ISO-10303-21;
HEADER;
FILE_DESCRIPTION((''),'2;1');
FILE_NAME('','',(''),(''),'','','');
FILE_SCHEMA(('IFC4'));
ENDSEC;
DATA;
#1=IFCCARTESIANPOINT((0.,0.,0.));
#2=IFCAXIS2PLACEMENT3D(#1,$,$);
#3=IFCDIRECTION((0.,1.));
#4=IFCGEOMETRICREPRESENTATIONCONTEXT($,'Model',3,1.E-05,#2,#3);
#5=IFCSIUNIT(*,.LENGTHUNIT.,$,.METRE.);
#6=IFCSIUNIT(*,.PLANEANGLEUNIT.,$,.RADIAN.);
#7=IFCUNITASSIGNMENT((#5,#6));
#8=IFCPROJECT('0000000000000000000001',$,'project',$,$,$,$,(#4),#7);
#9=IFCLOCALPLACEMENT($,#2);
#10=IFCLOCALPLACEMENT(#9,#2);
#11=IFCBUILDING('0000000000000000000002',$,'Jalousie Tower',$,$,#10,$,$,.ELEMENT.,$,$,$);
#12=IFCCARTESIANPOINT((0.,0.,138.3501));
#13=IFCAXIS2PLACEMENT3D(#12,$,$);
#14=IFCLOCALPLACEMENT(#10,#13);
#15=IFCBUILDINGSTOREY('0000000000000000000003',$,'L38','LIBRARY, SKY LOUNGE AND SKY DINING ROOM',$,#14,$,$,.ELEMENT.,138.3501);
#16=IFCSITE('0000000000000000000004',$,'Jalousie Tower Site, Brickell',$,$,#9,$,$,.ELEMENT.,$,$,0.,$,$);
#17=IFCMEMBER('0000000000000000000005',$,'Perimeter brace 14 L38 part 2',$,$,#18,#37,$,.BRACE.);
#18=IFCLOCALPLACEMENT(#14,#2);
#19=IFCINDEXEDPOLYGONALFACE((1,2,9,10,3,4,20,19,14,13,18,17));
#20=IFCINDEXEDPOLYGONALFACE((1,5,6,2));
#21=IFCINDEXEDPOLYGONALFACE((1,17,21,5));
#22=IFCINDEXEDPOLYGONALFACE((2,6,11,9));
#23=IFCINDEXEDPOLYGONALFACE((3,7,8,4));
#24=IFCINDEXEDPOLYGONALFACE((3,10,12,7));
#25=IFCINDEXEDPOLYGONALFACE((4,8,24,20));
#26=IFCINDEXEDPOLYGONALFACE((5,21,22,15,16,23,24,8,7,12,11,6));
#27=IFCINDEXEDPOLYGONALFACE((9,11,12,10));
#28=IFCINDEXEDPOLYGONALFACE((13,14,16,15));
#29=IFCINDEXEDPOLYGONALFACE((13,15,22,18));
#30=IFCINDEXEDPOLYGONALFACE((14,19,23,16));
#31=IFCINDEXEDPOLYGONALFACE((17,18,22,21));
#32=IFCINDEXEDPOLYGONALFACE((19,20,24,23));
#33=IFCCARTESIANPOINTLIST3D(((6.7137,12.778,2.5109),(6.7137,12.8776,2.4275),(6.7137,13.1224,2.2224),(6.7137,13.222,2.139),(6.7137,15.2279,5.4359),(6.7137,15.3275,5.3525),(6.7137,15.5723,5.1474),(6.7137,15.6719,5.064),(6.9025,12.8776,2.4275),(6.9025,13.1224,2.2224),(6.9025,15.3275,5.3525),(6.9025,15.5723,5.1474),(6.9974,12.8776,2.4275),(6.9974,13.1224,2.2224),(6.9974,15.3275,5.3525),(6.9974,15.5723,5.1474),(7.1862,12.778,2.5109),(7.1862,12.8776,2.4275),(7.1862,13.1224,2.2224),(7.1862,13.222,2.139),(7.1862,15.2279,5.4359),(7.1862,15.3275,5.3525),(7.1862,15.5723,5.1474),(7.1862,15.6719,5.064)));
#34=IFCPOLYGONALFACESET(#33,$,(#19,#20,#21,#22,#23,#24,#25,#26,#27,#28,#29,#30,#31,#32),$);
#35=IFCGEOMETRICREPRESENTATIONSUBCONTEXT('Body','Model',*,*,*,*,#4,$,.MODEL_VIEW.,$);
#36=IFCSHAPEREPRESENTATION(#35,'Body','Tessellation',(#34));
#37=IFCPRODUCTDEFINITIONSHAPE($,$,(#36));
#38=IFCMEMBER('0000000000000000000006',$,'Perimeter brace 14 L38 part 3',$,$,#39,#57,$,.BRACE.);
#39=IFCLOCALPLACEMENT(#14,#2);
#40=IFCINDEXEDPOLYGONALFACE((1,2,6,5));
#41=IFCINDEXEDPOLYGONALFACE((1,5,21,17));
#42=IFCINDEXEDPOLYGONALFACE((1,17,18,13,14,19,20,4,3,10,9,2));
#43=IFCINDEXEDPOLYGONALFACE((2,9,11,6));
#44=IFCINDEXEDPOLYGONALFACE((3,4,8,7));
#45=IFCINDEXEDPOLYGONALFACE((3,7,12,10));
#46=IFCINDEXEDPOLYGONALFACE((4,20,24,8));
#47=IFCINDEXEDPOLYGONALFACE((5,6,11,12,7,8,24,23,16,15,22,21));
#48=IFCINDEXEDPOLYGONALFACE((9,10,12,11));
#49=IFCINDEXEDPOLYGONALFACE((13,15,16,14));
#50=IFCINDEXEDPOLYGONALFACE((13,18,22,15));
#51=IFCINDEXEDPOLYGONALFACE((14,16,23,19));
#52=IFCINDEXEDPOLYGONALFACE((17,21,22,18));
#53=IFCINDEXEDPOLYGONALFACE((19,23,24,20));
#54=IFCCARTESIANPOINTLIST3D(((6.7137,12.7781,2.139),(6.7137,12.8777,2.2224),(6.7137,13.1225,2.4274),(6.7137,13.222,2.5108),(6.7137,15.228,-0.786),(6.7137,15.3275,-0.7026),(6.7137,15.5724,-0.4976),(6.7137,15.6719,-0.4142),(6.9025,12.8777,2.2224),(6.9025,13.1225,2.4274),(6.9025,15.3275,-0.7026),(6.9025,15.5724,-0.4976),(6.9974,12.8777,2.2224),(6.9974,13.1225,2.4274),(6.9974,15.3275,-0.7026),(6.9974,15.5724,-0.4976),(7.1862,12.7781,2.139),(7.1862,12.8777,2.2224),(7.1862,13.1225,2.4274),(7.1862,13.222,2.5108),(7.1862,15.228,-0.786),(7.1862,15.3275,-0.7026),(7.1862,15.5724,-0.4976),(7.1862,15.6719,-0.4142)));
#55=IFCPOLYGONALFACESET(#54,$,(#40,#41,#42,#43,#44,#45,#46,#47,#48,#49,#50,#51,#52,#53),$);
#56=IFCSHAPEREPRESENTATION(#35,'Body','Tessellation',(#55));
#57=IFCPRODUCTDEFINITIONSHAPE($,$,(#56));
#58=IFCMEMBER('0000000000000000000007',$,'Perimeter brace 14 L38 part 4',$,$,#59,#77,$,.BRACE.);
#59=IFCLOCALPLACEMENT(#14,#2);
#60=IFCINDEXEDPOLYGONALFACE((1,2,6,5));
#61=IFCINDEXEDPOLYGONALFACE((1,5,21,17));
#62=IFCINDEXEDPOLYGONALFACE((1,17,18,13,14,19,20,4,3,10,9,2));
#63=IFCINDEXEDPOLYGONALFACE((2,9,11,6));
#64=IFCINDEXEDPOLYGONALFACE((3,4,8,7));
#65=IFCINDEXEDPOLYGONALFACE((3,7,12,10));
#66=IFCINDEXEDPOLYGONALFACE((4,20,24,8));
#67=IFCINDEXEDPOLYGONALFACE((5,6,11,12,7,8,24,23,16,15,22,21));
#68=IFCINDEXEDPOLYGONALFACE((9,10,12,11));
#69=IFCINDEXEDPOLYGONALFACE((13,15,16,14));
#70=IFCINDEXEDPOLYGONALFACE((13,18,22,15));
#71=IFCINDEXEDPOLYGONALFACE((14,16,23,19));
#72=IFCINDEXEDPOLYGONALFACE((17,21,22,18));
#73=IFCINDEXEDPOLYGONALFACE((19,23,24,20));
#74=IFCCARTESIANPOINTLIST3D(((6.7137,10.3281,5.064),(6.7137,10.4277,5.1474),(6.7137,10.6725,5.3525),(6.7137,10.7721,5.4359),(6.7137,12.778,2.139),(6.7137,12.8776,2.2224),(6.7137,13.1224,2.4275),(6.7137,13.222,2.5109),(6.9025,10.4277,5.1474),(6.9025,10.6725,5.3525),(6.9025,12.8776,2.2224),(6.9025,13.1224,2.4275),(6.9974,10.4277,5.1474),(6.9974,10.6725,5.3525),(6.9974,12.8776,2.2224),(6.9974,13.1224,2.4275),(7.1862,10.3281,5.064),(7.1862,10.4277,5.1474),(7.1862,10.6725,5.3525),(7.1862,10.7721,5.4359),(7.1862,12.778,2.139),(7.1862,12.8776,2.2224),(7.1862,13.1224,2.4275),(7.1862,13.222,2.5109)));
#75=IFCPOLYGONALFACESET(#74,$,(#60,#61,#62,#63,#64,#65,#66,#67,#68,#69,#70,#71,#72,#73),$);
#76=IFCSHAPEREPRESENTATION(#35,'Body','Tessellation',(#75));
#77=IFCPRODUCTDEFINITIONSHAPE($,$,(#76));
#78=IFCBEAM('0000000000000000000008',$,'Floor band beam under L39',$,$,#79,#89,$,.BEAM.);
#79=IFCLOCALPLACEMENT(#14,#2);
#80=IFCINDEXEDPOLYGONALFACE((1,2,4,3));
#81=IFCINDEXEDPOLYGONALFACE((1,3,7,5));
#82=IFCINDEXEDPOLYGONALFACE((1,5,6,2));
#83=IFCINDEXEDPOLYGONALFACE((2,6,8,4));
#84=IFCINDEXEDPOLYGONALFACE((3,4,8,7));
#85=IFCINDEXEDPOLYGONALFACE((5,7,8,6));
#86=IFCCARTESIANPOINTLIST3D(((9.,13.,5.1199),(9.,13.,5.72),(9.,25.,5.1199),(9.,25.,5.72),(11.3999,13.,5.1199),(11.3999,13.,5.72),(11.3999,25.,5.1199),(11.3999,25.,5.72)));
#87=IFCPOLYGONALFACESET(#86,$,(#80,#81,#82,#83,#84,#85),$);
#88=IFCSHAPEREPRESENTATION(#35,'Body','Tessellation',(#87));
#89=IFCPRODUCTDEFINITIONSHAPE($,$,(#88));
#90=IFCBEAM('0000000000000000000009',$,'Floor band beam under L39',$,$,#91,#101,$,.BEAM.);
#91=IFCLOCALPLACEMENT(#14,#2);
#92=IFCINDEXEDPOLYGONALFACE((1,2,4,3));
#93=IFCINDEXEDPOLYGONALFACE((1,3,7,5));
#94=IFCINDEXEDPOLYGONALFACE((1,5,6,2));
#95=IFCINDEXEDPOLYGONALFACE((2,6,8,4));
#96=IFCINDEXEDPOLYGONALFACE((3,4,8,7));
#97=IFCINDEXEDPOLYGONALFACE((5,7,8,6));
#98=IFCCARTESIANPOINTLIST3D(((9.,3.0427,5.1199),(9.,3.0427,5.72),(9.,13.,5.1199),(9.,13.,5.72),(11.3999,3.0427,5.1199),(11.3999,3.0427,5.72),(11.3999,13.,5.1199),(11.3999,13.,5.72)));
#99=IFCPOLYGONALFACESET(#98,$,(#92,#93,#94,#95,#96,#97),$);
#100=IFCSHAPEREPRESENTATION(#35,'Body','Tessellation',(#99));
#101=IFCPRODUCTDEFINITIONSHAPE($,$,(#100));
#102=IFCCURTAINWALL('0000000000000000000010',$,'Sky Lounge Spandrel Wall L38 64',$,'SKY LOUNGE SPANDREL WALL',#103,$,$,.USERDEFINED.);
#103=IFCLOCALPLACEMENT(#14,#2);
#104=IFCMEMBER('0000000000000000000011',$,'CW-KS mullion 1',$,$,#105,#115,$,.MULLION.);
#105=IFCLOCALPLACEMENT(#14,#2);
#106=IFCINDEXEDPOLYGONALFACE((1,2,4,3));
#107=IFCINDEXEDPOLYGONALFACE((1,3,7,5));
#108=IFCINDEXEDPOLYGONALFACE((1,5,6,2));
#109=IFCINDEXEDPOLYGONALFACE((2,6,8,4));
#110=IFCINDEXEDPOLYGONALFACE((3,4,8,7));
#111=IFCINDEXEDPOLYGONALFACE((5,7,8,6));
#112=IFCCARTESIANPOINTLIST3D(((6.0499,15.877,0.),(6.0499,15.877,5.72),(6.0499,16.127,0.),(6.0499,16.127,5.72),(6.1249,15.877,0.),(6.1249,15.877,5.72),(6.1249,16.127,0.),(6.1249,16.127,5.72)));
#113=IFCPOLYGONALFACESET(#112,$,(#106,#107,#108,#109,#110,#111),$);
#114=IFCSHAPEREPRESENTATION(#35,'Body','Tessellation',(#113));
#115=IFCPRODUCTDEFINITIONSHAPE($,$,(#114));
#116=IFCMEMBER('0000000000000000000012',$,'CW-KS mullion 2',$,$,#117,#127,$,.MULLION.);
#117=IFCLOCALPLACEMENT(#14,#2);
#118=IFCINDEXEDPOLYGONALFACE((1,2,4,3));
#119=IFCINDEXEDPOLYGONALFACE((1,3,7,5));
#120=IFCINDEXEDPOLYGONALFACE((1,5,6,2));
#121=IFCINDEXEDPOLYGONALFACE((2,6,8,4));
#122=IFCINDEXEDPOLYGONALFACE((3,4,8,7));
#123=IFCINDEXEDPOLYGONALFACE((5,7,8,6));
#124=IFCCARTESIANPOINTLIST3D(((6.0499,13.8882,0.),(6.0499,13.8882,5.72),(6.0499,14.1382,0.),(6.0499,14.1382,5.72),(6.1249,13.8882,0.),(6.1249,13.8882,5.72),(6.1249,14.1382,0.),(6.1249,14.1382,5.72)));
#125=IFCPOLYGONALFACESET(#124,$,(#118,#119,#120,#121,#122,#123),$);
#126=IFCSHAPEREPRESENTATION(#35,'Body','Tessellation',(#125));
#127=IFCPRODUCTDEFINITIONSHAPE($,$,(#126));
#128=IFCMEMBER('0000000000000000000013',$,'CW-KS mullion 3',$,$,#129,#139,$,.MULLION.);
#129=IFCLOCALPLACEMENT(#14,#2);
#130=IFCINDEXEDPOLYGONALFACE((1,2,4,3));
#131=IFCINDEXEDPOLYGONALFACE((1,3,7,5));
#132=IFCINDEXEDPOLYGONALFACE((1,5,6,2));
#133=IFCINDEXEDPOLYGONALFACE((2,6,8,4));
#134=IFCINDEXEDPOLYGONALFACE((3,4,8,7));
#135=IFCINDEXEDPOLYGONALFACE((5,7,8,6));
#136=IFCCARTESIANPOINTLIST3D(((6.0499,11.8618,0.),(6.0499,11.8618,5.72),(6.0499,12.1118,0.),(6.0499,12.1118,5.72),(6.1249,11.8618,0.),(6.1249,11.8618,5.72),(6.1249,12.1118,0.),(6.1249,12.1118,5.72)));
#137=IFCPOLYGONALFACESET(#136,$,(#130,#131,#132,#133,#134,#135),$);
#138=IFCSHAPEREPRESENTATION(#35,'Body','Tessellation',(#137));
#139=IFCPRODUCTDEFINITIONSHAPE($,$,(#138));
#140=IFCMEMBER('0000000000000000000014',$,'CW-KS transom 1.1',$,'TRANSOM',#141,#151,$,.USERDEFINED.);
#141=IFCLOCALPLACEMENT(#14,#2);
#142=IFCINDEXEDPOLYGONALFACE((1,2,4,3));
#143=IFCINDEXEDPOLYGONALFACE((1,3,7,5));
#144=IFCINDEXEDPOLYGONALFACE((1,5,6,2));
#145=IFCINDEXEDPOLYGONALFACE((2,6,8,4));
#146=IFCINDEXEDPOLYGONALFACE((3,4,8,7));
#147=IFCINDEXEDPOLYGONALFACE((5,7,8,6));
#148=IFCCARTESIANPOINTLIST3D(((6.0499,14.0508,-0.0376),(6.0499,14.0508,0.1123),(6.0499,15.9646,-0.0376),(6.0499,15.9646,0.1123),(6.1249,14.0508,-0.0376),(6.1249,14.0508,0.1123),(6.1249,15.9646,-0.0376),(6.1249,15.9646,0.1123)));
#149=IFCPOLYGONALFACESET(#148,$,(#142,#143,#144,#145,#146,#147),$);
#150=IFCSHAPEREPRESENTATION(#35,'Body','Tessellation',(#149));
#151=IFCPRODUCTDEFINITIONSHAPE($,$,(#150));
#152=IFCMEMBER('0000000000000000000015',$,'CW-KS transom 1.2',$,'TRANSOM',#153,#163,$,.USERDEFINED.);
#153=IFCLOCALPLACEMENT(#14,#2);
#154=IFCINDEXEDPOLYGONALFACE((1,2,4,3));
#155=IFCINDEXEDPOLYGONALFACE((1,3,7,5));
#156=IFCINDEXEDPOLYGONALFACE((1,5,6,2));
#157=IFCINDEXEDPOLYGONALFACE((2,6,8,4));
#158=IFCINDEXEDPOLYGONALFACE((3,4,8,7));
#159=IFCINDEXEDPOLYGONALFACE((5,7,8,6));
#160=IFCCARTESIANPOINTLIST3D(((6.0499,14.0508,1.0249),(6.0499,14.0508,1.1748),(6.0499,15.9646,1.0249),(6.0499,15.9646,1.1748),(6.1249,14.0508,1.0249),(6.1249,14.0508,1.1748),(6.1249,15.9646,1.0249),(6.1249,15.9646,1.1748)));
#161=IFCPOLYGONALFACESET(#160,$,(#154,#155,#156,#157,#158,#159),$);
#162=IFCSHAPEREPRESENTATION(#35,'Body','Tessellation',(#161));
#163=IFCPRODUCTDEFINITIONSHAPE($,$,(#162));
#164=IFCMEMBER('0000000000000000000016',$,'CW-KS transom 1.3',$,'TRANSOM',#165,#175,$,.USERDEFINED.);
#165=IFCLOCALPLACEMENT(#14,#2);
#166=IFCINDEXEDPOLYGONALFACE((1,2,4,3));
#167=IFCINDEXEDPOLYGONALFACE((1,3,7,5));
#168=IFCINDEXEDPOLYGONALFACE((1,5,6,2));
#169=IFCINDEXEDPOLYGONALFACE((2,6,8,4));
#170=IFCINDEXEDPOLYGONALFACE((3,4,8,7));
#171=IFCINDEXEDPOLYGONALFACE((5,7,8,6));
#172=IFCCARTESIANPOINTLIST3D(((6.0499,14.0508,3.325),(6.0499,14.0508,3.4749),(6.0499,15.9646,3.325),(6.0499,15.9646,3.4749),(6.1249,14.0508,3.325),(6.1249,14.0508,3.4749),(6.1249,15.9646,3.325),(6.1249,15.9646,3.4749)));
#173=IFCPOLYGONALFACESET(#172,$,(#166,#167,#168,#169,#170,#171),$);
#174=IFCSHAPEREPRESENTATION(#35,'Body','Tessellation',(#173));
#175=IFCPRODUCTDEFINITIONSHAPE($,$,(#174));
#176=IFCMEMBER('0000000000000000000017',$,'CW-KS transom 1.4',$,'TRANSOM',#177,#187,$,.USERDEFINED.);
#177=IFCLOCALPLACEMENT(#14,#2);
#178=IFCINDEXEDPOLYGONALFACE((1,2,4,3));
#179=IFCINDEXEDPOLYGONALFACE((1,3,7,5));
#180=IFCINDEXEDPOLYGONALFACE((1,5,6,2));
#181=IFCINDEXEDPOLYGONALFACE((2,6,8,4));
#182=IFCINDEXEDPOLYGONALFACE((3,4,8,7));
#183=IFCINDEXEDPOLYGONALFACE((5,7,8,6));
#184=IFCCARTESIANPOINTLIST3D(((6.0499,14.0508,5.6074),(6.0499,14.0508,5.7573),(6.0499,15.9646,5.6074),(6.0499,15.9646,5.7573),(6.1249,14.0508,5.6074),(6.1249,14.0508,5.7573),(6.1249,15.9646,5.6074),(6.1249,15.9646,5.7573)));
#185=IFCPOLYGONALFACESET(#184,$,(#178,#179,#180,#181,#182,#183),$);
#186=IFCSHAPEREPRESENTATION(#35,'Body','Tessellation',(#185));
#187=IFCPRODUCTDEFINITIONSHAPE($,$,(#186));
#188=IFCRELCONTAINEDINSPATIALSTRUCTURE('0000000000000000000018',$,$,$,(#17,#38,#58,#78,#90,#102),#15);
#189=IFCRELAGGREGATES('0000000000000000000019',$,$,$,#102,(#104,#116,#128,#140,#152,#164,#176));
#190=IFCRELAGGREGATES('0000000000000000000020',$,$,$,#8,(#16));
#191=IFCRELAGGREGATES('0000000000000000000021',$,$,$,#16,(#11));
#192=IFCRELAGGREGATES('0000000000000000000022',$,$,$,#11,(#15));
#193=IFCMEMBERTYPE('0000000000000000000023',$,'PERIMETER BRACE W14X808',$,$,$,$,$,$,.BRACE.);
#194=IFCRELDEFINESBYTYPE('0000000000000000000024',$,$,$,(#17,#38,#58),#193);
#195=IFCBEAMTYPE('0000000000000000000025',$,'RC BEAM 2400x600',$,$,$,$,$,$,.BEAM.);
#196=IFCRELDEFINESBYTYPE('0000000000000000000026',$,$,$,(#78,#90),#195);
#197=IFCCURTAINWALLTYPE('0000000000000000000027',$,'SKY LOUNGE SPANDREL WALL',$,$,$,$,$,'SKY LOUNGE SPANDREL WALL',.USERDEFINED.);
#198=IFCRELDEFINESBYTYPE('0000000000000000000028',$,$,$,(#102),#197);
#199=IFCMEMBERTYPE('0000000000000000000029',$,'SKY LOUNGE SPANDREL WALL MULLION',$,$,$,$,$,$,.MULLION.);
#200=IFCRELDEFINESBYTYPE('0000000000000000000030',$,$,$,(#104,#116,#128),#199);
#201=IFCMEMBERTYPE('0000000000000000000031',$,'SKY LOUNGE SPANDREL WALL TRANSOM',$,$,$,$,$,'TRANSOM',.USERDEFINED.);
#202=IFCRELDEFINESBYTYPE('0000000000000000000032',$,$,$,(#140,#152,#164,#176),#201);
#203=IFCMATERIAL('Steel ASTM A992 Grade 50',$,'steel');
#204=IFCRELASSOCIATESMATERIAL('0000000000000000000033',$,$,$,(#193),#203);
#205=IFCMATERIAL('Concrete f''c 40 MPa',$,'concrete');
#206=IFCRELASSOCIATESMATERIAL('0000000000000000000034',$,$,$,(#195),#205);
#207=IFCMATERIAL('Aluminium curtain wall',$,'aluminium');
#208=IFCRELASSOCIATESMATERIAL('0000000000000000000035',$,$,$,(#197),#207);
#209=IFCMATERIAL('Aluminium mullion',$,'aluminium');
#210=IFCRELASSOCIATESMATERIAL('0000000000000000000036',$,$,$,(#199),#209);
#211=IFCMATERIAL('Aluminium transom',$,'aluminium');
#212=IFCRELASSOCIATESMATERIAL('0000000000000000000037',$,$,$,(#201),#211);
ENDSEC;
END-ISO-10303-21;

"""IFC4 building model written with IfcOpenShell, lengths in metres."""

from ifc_helpers import new_model, si_unit, direction, frame, origin, origin_2d, place, context, subcontext, project, spatial, rectangle, i_section, extrude, material, material_profile, profile_set, type_object, element, aggregate, save


model = new_model("IFC4")

# Units and contexts
model_context = context("Model", 3, precision=1e-05, world=origin(), true_north=direction((0.0, 1.0)))
body_context = subcontext(model_context, "Body", "Model", "MODEL_VIEW")
ifc_project = project(units=[si_unit("LENGTHUNIT", "METRE"), si_unit("PLANEANGLEUNIT", "RADIAN")], contexts=[model_context])

# Site, building, storey
site_placement = place(None, origin())
site = spatial("IfcSite", under=ifc_project, at=site_placement, Name="Jalousie Tower Site, Brickell", CompositionType="ELEMENT", RefElevation=0.0)
building_placement = place(site_placement, origin())
building = spatial("IfcBuilding", under=site, at=building_placement, Name="Jalousie Tower", CompositionType="ELEMENT")
storey_placement = place(building_placement, frame((0.0, 0.0, 138.3501)))
storey = spatial("IfcBuildingStorey", under=building, at=storey_placement, Name="L38", Description="LIBRARY, SKY LOUNGE AND SKY DINING ROOM", CompositionType="ELEMENT", Elevation=138.3501)

# Members
ifc_material_1 = material(Name="Steel ASTM A992 Grade 50", Category="steel")
ifc_material_profile_1 = material_profile(ifc_material_1, i_section(OverallWidth=0.4724, OverallDepth=0.5791, WebThickness=0.095, FlangeThickness=0.1299, at=origin_2d()), Name="W14X808")
ifc_profile_set_1 = profile_set([ifc_material_profile_1], Name="Steel ASTM A992 Grade 50")
member_type_1 = type_object("IfcMemberType", Name="PERIMETER BRACE W14X808", PredefinedType="BRACE", material=ifc_profile_set_1)
for number, where, z_axis, x_axis, name in (
    (1, (6.95, 13.0, 2.325), (0.0, 0.642102, 0.766619), (-1.0, 0.0, 0.0), "Perimeter brace 14 L38 part 2"),
    (2, (6.95, 15.45, -0.6001), (0.0, -0.642102, 0.766619), (1.0, 0.0, 0.0), "Perimeter brace 14 L38 part 3"),
    (3, (6.95, 13.0, 2.325), (0.0, -0.642102, 0.766619), (1.0, 0.0, 0.0), "Perimeter brace 14 L38 part 4"),
):
    element("IfcMember", number, at=place(storey_placement, frame(where, z_axis=z_axis, x_axis=x_axis)), inside=storey, type_object=member_type_1, Name=name, PredefinedType="BRACE", context=body_context, shape_type="SweptSolid", body=[
        extrude(i_section(OverallWidth=0.4724, OverallDepth=0.5791, WebThickness=0.095, FlangeThickness=0.1299, at=origin_2d()), origin(), (0.0, 0.0, 1.0), 3.8154),
    ])

# Beams
ifc_material_2 = material(Name="Concrete f'c 40 MPa", Category="concrete")
ifc_material_profile_2 = material_profile(ifc_material_2, rectangle(XDim=2.3999, YDim=0.6001, at=origin_2d()), Name="RC 2400x600")
ifc_profile_set_2 = profile_set([ifc_material_profile_2], Name="Concrete f'c 40 MPa")
beam_type = type_object("IfcBeamType", Name="RC BEAM 2400x600", PredefinedType="BEAM", material=ifc_profile_set_2)
beam_1_placement = place(storey_placement, frame((10.2, 13.0, 5.4199), z_axis=(0.0, 1.0, 0.0), x_axis=(-1.0, 0.0, 0.0)))
element("IfcBeam", 4, at=beam_1_placement, inside=storey, type_object=beam_type, Name="Floor band beam under L39", PredefinedType="BEAM", context=body_context, shape_type="SweptSolid", body=[
    extrude(rectangle(XDim=2.3999, YDim=0.6001, at=origin_2d()), origin(), (0.0, 0.0, 1.0), 12.0),
])
beam_2_placement = place(storey_placement, frame((10.2, 13.0, 5.4199), z_axis=(0.0, -1.0, 0.0), x_axis=(1.0, 0.0, 0.0)))
element("IfcBeam", 5, at=beam_2_placement, inside=storey, type_object=beam_type, Name="Floor band beam under L39", PredefinedType="BEAM", context=body_context, shape_type="SweptSolid", body=[
    extrude(rectangle(XDim=2.3999, YDim=0.6001, at=origin_2d()), origin(), (0.0, 0.0, 1.0), 9.9573),
])

# Curtain wall, members
ifc_material_3 = material(Name="Aluminium curtain wall", Category="aluminium")
curtain_wall_type_1 = type_object("IfcCurtainWallType", Name="SKY LOUNGE SPANDREL WALL", ElementType="SKY LOUNGE SPANDREL WALL", PredefinedType="USERDEFINED", material=ifc_material_3)
curtain_wall_1_placement = place(storey_placement, origin())
curtain_wall_1 = element("IfcCurtainWall", 6, at=curtain_wall_1_placement, inside=storey, type_object=curtain_wall_type_1, Name="Sky Lounge Spandrel Wall L38 64", ObjectType="SKY LOUNGE SPANDREL WALL", PredefinedType="USERDEFINED")
ifc_material_4 = material(Name="Aluminium mullion", Category="aluminium")
ifc_material_profile_3 = material_profile(ifc_material_4, rectangle(XDim=0.075, YDim=0.25, at=origin_2d()), Name="MULLION 75x250")
ifc_profile_set_3 = profile_set([ifc_material_profile_3], Name="Aluminium mullion")
member_type_2 = type_object("IfcMemberType", Name="SKY LOUNGE SPANDREL WALL MULLION", PredefinedType="MULLION", material=ifc_profile_set_3)
member_1_placement = place(storey_placement, frame((6.0874, 16.002, 0.0), z_axis=(0.0, 0.0, 1.0), x_axis=(1.0, 0.0, 0.0)))
member_1 = element("IfcMember", 7, at=member_1_placement, type_object=member_type_2, Name="CW-KS mullion 1", PredefinedType="MULLION", context=body_context, shape_type="SweptSolid", body=[
    extrude(rectangle(XDim=0.075, YDim=0.25, at=origin_2d()), origin(), (0.0, 0.0, 1.0), 5.72),
])
member_2_placement = place(storey_placement, frame((6.0874, 14.0132, 0.0), z_axis=(0.0, 0.0, 1.0), x_axis=(1.0, 0.0, 0.0)))
member_2 = element("IfcMember", 8, at=member_2_placement, type_object=member_type_2, Name="CW-KS mullion 2", PredefinedType="MULLION", context=body_context, shape_type="SweptSolid", body=[
    extrude(rectangle(XDim=0.075, YDim=0.25, at=origin_2d()), origin(), (0.0, 0.0, 1.0), 5.72),
])
member_3_placement = place(storey_placement, frame((6.0874, 11.9868, 0.0), z_axis=(0.0, 0.0, 1.0), x_axis=(1.0, 0.0, 0.0)))
member_3 = element("IfcMember", 9, at=member_3_placement, type_object=member_type_2, Name="CW-KS mullion 3", PredefinedType="MULLION", context=body_context, shape_type="SweptSolid", body=[
    extrude(rectangle(XDim=0.075, YDim=0.25, at=origin_2d()), origin(), (0.0, 0.0, 1.0), 5.72),
])
ifc_material_5 = material(Name="Aluminium transom", Category="aluminium")
ifc_material_profile_4 = material_profile(ifc_material_5, rectangle(XDim=0.075, YDim=0.1499, at=origin_2d()), Name="TRANSOM 75x150")
ifc_profile_set_4 = profile_set([ifc_material_profile_4], Name="Aluminium transom")
member_type_3 = type_object("IfcMemberType", Name="SKY LOUNGE SPANDREL WALL TRANSOM", ElementType="TRANSOM", PredefinedType="USERDEFINED", material=ifc_profile_set_4)
member_4_placement = place(storey_placement, frame((6.0874, 15.9646, 0.0374), z_axis=(0.0, -1.0, 0.0), x_axis=(1.0, 0.0, 0.0)))
member_4 = element("IfcMember", 10, at=member_4_placement, type_object=member_type_3, Name="CW-KS transom 1.1", ObjectType="TRANSOM", PredefinedType="USERDEFINED", context=body_context, shape_type="SweptSolid", body=[
    extrude(rectangle(XDim=0.075, YDim=0.1499, at=origin_2d()), origin(), (0.0, 0.0, 1.0), 1.9138),
])
member_5_placement = place(storey_placement, frame((6.0874, 15.9646, 1.0999), z_axis=(0.0, -1.0, 0.0), x_axis=(1.0, 0.0, 0.0)))
member_5 = element("IfcMember", 11, at=member_5_placement, type_object=member_type_3, Name="CW-KS transom 1.2", ObjectType="TRANSOM", PredefinedType="USERDEFINED", context=body_context, shape_type="SweptSolid", body=[
    extrude(rectangle(XDim=0.075, YDim=0.1499, at=origin_2d()), origin(), (0.0, 0.0, 1.0), 1.9138),
])
member_6_placement = place(storey_placement, frame((6.0874, 15.9646, 3.3999), z_axis=(0.0, -1.0, 0.0), x_axis=(1.0, 0.0, 0.0)))
member_6 = element("IfcMember", 12, at=member_6_placement, type_object=member_type_3, Name="CW-KS transom 1.3", ObjectType="TRANSOM", PredefinedType="USERDEFINED", context=body_context, shape_type="SweptSolid", body=[
    extrude(rectangle(XDim=0.075, YDim=0.1499, at=origin_2d()), origin(), (0.0, 0.0, 1.0), 1.9138),
])
member_7_placement = place(storey_placement, frame((6.0874, 15.9646, 5.6824), z_axis=(0.0, -1.0, 0.0), x_axis=(1.0, 0.0, 0.0)))
member_7 = element("IfcMember", 13, at=member_7_placement, type_object=member_type_3, Name="CW-KS transom 1.4", ObjectType="TRANSOM", PredefinedType="USERDEFINED", context=body_context, shape_type="SweptSolid", body=[
    extrude(rectangle(XDim=0.075, YDim=0.1499, at=origin_2d()), origin(), (0.0, 0.0, 1.0), 1.9138),
])

aggregate(curtain_wall_1, [member_1, member_2, member_3, member_4, member_5, member_6, member_7])

save(model, "model.ifc")
